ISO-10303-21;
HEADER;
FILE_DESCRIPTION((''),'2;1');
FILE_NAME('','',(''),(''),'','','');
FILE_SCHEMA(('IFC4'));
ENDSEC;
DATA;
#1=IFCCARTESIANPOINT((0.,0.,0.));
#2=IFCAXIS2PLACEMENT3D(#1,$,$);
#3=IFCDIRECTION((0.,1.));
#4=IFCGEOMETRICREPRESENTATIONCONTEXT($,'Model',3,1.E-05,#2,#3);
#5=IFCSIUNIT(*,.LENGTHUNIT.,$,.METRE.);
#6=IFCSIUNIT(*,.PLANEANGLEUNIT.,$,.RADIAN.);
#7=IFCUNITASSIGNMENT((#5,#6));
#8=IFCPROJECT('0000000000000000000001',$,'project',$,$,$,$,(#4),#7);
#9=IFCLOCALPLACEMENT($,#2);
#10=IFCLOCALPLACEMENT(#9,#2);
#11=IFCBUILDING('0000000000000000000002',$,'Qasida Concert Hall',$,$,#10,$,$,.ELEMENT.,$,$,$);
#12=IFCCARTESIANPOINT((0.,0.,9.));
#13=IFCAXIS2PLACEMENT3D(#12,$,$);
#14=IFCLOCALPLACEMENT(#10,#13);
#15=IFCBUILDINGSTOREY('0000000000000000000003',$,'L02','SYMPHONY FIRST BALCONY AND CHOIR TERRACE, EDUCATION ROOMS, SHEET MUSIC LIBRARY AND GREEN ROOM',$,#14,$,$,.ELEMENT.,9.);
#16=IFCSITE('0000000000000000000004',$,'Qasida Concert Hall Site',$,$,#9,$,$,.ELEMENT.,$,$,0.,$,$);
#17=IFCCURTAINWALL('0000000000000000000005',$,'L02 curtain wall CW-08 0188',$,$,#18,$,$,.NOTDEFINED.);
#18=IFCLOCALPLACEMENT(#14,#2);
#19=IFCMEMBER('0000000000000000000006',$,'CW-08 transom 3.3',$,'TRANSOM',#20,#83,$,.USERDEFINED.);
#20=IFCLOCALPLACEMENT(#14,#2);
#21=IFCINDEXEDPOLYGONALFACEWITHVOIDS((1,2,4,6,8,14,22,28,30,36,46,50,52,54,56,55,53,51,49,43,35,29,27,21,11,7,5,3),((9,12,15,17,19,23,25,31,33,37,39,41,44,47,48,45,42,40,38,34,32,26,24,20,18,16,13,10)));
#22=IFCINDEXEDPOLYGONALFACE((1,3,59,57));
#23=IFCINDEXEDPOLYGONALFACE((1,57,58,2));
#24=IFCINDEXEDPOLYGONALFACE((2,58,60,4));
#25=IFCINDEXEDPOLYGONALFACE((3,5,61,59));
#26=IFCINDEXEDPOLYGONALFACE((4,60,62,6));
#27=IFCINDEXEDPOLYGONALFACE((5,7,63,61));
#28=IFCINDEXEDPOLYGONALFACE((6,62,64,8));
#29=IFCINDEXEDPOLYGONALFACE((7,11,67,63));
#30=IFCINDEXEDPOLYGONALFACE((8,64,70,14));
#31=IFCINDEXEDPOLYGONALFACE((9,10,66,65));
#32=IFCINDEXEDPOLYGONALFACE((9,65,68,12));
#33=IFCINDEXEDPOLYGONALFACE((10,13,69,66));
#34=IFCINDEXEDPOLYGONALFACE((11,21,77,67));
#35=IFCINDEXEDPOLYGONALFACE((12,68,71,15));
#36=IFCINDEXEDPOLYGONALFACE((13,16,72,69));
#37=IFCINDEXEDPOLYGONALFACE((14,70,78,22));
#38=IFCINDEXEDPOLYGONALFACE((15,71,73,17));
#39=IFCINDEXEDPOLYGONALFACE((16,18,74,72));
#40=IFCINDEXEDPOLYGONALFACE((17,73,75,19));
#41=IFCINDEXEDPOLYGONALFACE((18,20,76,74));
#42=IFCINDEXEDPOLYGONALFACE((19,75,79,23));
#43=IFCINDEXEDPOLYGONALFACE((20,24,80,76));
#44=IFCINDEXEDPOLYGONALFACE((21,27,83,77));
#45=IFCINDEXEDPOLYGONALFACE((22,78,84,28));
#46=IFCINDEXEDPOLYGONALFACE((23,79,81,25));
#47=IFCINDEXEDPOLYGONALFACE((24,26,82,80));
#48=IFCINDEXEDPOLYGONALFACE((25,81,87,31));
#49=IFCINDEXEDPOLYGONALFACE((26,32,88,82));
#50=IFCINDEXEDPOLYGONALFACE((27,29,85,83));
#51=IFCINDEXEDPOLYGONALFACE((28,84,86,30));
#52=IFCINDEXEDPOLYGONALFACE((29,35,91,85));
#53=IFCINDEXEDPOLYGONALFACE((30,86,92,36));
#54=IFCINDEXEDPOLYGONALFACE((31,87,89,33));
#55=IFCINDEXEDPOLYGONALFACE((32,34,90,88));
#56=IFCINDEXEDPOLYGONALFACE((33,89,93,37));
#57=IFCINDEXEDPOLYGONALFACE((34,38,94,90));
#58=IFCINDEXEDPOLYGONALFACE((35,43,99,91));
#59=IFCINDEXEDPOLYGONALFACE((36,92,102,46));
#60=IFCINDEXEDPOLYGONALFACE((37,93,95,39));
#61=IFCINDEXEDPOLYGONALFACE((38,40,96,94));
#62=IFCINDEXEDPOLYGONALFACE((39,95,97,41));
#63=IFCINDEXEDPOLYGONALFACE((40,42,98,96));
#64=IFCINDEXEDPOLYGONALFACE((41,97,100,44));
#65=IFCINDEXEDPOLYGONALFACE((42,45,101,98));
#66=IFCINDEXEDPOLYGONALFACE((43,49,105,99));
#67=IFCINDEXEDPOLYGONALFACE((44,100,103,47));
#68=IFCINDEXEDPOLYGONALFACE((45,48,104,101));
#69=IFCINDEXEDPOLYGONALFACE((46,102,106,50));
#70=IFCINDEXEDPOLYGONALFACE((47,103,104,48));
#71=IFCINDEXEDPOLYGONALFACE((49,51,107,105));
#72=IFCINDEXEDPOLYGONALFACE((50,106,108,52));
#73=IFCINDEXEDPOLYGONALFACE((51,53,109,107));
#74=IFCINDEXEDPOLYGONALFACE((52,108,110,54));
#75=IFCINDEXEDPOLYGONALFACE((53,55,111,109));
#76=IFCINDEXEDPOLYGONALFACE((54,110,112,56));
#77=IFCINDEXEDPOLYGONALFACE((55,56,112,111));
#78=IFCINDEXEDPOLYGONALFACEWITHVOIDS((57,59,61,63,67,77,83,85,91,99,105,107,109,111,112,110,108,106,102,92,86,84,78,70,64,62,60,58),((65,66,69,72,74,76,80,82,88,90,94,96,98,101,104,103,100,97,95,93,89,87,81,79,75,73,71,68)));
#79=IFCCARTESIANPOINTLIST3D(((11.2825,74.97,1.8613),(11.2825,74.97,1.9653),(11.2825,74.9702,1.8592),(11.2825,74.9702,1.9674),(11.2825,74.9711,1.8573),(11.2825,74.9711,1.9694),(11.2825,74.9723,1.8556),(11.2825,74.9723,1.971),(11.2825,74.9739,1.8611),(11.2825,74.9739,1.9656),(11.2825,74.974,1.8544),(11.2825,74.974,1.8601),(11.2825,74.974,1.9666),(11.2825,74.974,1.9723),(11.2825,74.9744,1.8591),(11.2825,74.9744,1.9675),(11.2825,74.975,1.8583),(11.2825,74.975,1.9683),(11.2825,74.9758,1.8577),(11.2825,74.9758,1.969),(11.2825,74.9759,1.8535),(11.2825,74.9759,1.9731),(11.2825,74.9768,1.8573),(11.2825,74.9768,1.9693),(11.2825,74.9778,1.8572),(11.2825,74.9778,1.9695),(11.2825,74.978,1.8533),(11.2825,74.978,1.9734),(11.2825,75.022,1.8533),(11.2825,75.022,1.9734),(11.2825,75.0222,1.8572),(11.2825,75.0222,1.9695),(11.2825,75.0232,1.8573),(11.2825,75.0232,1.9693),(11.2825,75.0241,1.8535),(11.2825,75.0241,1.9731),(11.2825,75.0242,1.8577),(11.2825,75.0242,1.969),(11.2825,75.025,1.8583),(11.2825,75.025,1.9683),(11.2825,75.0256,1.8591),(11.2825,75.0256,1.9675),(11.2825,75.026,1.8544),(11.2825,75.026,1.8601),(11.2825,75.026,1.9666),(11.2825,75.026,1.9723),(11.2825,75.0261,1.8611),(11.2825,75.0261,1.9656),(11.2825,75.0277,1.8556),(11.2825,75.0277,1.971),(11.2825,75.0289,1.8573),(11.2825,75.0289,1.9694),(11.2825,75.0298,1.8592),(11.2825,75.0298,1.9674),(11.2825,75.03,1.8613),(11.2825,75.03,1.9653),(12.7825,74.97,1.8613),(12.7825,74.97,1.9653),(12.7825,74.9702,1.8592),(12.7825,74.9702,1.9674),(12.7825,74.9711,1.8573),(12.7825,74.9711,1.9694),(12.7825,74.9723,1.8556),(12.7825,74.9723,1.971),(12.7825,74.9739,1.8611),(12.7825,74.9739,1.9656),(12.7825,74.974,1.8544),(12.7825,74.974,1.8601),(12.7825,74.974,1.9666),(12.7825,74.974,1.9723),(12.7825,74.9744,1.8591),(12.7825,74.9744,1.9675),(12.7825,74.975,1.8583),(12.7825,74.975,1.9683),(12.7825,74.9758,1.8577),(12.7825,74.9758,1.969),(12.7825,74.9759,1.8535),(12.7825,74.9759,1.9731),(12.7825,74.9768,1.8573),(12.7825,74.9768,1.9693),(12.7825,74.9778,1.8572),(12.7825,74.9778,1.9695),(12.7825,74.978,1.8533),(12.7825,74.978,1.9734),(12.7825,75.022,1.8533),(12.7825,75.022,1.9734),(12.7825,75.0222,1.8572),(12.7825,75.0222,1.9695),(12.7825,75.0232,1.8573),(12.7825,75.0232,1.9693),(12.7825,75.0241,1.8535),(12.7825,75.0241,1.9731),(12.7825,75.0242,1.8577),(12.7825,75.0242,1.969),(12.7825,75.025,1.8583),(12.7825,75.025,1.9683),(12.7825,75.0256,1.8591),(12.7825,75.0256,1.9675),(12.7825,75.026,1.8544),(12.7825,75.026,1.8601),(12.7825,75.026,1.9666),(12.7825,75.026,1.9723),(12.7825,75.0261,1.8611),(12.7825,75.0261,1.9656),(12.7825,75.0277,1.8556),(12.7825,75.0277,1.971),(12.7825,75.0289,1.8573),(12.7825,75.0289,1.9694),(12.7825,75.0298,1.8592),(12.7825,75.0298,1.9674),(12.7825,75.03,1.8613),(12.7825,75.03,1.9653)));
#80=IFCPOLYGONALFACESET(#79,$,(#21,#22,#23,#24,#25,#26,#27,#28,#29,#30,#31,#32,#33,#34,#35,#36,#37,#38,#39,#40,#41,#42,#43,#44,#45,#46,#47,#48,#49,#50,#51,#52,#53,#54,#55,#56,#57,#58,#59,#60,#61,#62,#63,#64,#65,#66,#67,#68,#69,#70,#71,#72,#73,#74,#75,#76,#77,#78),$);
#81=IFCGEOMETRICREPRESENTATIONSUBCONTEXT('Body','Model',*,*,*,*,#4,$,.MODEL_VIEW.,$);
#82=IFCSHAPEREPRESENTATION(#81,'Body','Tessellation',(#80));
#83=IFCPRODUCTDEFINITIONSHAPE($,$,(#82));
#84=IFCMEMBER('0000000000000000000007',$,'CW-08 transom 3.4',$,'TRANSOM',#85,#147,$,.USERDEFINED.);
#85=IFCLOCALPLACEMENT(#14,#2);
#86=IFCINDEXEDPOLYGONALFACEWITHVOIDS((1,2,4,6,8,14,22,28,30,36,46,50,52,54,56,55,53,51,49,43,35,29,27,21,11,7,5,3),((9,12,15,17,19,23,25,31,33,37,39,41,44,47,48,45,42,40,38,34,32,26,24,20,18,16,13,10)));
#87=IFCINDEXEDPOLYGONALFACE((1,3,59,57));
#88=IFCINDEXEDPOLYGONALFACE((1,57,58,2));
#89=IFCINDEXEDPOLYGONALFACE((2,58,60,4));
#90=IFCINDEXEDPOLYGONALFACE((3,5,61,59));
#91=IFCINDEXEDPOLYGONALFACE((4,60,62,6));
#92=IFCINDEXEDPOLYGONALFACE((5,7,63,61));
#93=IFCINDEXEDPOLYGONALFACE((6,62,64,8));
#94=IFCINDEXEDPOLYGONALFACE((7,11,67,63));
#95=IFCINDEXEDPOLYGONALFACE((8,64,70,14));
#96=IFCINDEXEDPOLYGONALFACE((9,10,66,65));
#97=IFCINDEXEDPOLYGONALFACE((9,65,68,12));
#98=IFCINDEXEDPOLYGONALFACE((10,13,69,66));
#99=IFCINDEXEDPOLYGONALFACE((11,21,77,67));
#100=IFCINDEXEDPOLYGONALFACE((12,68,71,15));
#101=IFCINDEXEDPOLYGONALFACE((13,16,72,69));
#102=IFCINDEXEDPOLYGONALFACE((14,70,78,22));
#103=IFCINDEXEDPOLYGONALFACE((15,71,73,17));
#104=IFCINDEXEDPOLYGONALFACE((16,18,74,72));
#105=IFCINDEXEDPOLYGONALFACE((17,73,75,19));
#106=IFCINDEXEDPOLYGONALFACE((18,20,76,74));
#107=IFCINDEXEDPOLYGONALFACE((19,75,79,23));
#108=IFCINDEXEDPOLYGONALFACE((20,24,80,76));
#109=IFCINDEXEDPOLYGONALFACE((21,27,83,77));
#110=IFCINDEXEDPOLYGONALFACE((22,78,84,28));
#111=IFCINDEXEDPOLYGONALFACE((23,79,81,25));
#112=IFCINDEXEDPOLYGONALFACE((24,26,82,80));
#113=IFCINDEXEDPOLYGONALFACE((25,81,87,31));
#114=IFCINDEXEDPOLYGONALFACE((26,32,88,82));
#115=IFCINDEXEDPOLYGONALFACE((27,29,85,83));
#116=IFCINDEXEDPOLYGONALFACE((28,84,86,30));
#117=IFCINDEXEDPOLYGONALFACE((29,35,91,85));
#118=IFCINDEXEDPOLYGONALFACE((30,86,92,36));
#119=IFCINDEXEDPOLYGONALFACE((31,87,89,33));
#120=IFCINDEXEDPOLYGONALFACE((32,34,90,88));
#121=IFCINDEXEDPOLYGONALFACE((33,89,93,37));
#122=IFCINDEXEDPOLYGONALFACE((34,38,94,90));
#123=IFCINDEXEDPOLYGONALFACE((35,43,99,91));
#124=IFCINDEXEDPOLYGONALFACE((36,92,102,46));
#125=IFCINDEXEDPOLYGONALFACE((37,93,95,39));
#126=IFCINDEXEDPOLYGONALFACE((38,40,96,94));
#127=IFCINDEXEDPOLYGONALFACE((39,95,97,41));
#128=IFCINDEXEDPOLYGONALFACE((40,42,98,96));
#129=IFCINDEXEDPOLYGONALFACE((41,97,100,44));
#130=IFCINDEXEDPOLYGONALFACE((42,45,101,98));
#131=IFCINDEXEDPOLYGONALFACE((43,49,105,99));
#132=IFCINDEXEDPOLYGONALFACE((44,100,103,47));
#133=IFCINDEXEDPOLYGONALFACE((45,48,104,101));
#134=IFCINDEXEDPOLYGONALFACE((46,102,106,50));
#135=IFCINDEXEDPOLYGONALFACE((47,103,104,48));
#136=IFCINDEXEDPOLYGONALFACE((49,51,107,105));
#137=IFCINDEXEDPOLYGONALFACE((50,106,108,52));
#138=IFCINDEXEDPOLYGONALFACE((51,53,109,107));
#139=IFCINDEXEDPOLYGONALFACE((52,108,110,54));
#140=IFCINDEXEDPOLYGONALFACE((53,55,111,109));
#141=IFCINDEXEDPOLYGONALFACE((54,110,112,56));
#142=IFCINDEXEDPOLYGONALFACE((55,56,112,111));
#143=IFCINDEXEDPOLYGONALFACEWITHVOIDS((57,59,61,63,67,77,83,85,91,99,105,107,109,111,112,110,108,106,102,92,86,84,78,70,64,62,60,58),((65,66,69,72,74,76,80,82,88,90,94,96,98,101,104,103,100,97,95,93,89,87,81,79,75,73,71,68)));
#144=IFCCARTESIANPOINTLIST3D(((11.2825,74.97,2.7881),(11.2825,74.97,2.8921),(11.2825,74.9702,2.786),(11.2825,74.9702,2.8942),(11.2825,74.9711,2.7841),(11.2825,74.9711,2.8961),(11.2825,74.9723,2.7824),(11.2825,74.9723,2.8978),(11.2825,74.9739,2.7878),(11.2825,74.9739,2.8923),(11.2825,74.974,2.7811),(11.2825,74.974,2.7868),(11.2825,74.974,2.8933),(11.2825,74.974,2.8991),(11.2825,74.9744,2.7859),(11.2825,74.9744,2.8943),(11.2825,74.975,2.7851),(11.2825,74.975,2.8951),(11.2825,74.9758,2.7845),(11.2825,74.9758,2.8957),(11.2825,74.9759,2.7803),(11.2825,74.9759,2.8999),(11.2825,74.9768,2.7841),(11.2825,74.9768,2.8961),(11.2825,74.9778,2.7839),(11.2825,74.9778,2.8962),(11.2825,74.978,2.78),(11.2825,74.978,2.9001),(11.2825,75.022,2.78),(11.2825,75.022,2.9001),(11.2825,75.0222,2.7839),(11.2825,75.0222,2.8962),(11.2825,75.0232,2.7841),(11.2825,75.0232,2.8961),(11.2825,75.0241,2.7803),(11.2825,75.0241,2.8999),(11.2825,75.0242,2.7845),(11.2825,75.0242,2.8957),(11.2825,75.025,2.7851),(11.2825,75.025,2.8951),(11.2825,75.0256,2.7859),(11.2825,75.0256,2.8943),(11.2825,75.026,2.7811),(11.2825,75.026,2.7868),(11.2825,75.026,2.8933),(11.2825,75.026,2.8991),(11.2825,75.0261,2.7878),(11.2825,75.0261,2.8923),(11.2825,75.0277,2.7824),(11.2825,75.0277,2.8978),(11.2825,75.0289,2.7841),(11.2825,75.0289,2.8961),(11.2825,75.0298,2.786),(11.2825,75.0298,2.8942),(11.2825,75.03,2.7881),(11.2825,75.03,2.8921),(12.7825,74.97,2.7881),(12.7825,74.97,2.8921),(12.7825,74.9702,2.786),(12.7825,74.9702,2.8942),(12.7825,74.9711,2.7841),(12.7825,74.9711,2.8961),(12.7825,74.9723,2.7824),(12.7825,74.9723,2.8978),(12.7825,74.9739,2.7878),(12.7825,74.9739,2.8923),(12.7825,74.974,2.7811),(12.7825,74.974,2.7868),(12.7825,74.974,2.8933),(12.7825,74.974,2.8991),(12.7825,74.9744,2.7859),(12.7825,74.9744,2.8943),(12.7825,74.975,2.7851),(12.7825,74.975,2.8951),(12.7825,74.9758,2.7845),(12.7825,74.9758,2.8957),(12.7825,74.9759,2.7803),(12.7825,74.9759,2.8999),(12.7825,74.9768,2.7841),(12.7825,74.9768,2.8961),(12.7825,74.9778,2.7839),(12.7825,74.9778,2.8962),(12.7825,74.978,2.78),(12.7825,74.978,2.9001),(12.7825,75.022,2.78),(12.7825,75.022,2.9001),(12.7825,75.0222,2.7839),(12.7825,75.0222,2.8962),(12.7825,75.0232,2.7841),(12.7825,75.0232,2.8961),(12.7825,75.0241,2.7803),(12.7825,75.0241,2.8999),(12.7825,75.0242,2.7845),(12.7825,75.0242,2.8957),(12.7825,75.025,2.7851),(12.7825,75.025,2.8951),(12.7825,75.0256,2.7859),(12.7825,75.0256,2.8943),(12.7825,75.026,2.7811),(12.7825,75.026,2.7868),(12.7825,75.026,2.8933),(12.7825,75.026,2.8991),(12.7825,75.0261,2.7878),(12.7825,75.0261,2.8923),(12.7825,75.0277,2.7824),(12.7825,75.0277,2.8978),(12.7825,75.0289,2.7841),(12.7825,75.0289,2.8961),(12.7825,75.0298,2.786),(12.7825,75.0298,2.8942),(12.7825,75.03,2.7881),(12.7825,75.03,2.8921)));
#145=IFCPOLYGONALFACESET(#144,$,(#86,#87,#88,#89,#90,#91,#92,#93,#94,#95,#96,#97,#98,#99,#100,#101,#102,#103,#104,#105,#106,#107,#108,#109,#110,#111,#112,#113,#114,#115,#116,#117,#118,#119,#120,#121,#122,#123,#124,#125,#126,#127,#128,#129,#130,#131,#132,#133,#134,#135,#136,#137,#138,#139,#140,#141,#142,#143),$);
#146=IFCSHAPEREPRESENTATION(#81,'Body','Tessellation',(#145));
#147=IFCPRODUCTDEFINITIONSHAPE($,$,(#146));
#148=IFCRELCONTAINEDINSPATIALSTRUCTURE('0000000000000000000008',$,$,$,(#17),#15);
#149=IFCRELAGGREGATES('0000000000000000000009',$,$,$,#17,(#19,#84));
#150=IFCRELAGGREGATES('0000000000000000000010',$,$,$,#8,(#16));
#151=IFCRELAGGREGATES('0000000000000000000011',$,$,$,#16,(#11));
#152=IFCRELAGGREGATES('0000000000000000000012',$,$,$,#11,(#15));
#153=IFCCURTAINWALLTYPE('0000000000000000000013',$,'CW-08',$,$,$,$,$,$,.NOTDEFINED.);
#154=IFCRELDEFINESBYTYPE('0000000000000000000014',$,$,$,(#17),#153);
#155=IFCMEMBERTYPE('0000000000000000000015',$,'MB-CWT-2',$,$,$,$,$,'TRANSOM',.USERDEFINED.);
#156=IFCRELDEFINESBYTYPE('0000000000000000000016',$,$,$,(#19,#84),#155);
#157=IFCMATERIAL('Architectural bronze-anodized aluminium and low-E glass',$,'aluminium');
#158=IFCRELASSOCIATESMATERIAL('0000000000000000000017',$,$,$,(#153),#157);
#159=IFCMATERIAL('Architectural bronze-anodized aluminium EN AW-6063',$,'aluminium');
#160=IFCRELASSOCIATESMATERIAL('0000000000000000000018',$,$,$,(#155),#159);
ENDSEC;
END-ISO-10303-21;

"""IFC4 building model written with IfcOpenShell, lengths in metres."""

from ifc_helpers import new_model, si_unit, direction, frame, origin, origin_2d, place, context, subcontext, project, spatial, hollow_rectangle, extrude, material, material_profile, profile_set, type_object, element, aggregate, save


model = new_model("IFC4")

# Units and contexts
model_context = context("Model", 3, precision=1e-05, world=origin(), true_north=direction((0.0, 1.0)))
body_context = subcontext(model_context, "Body", "Model", "MODEL_VIEW")
ifc_project = project(units=[si_unit("LENGTHUNIT", "METRE"), si_unit("PLANEANGLEUNIT", "RADIAN")], contexts=[model_context])

# Site, building, storey
site_placement = place(None, origin())
site = spatial("IfcSite", under=ifc_project, at=site_placement, Name="Qasida Concert Hall Site", CompositionType="ELEMENT", RefElevation=0.0)
building_placement = place(site_placement, origin())
building = spatial("IfcBuilding", under=site, at=building_placement, Name="Qasida Concert Hall", CompositionType="ELEMENT")
storey_placement = place(building_placement, frame((0.0, 0.0, 9.0)))
storey = spatial("IfcBuildingStorey", under=building, at=storey_placement, Name="L02", Description="SYMPHONY FIRST BALCONY AND CHOIR TERRACE, EDUCATION ROOMS, SHEET MUSIC LIBRARY AND GREEN ROOM", CompositionType="ELEMENT", Elevation=9.0)

# Curtain wall, members
ifc_material_1 = material(Name="Architectural bronze-anodized aluminium and low-E glass", Category="aluminium")
curtain_wall_type = type_object("IfcCurtainWallType", Name="CW-08", PredefinedType="NOTDEFINED", material=ifc_material_1)
curtain_wall_placement = place(storey_placement, origin())
curtain_wall = element("IfcCurtainWall", 1, at=curtain_wall_placement, inside=storey, type_object=curtain_wall_type, Name="L02 curtain wall CW-08 0188", PredefinedType="NOTDEFINED")
ifc_material_2 = material(Name="Architectural bronze-anodized aluminium EN AW-6063", Category="aluminium")
ifc_material_profile_1 = material_profile(ifc_material_2, hollow_rectangle(XDim=0.0601, YDim=0.1201, WallThickness=0.0039, InnerFilletRadius=0.0039, OuterFilletRadius=0.0081, at=origin_2d()), Name="CWT 120x60x4")
ifc_profile_set_1 = profile_set([ifc_material_profile_1], Name="Architectural bronze-anodized aluminium EN AW-6063")
member_type_1 = type_object("IfcMemberType", Name="MB-CWT-2", ElementType="TRANSOM", PredefinedType="USERDEFINED", material=ifc_profile_set_1)
member_1_placement = place(storey_placement, frame((11.2825, 75.0, 1.9133), z_axis=(1.0, 0.0, 0.0), x_axis=(0.0, 1.0, 0.0)))
member_1 = element("IfcMember", 2, at=member_1_placement, type_object=member_type_1, Name="CW-08 transom 3.3", ObjectType="TRANSOM", PredefinedType="USERDEFINED", context=body_context, shape_type="SweptSolid", body=[
    extrude(hollow_rectangle(XDim=0.0601, YDim=0.1201, WallThickness=0.0039, InnerFilletRadius=0.0039, OuterFilletRadius=0.0081, at=origin_2d()), origin(), (0.0, 0.0, 1.0), 1.5),
])
member_2_placement = place(storey_placement, frame((11.2825, 75.0, 2.8401), z_axis=(1.0, 0.0, 0.0), x_axis=(0.0, 1.0, 0.0)))
member_2 = element("IfcMember", 3, at=member_2_placement, type_object=member_type_1, Name="CW-08 transom 3.4", ObjectType="TRANSOM", PredefinedType="USERDEFINED", context=body_context, shape_type="SweptSolid", body=[
    extrude(hollow_rectangle(XDim=0.0601, YDim=0.1201, WallThickness=0.0039, InnerFilletRadius=0.0039, OuterFilletRadius=0.0081, at=origin_2d()), origin(), (0.0, 0.0, 1.0), 1.5),
])
aggregate(curtain_wall, [member_1, member_2])

save(model, "model.ifc")
